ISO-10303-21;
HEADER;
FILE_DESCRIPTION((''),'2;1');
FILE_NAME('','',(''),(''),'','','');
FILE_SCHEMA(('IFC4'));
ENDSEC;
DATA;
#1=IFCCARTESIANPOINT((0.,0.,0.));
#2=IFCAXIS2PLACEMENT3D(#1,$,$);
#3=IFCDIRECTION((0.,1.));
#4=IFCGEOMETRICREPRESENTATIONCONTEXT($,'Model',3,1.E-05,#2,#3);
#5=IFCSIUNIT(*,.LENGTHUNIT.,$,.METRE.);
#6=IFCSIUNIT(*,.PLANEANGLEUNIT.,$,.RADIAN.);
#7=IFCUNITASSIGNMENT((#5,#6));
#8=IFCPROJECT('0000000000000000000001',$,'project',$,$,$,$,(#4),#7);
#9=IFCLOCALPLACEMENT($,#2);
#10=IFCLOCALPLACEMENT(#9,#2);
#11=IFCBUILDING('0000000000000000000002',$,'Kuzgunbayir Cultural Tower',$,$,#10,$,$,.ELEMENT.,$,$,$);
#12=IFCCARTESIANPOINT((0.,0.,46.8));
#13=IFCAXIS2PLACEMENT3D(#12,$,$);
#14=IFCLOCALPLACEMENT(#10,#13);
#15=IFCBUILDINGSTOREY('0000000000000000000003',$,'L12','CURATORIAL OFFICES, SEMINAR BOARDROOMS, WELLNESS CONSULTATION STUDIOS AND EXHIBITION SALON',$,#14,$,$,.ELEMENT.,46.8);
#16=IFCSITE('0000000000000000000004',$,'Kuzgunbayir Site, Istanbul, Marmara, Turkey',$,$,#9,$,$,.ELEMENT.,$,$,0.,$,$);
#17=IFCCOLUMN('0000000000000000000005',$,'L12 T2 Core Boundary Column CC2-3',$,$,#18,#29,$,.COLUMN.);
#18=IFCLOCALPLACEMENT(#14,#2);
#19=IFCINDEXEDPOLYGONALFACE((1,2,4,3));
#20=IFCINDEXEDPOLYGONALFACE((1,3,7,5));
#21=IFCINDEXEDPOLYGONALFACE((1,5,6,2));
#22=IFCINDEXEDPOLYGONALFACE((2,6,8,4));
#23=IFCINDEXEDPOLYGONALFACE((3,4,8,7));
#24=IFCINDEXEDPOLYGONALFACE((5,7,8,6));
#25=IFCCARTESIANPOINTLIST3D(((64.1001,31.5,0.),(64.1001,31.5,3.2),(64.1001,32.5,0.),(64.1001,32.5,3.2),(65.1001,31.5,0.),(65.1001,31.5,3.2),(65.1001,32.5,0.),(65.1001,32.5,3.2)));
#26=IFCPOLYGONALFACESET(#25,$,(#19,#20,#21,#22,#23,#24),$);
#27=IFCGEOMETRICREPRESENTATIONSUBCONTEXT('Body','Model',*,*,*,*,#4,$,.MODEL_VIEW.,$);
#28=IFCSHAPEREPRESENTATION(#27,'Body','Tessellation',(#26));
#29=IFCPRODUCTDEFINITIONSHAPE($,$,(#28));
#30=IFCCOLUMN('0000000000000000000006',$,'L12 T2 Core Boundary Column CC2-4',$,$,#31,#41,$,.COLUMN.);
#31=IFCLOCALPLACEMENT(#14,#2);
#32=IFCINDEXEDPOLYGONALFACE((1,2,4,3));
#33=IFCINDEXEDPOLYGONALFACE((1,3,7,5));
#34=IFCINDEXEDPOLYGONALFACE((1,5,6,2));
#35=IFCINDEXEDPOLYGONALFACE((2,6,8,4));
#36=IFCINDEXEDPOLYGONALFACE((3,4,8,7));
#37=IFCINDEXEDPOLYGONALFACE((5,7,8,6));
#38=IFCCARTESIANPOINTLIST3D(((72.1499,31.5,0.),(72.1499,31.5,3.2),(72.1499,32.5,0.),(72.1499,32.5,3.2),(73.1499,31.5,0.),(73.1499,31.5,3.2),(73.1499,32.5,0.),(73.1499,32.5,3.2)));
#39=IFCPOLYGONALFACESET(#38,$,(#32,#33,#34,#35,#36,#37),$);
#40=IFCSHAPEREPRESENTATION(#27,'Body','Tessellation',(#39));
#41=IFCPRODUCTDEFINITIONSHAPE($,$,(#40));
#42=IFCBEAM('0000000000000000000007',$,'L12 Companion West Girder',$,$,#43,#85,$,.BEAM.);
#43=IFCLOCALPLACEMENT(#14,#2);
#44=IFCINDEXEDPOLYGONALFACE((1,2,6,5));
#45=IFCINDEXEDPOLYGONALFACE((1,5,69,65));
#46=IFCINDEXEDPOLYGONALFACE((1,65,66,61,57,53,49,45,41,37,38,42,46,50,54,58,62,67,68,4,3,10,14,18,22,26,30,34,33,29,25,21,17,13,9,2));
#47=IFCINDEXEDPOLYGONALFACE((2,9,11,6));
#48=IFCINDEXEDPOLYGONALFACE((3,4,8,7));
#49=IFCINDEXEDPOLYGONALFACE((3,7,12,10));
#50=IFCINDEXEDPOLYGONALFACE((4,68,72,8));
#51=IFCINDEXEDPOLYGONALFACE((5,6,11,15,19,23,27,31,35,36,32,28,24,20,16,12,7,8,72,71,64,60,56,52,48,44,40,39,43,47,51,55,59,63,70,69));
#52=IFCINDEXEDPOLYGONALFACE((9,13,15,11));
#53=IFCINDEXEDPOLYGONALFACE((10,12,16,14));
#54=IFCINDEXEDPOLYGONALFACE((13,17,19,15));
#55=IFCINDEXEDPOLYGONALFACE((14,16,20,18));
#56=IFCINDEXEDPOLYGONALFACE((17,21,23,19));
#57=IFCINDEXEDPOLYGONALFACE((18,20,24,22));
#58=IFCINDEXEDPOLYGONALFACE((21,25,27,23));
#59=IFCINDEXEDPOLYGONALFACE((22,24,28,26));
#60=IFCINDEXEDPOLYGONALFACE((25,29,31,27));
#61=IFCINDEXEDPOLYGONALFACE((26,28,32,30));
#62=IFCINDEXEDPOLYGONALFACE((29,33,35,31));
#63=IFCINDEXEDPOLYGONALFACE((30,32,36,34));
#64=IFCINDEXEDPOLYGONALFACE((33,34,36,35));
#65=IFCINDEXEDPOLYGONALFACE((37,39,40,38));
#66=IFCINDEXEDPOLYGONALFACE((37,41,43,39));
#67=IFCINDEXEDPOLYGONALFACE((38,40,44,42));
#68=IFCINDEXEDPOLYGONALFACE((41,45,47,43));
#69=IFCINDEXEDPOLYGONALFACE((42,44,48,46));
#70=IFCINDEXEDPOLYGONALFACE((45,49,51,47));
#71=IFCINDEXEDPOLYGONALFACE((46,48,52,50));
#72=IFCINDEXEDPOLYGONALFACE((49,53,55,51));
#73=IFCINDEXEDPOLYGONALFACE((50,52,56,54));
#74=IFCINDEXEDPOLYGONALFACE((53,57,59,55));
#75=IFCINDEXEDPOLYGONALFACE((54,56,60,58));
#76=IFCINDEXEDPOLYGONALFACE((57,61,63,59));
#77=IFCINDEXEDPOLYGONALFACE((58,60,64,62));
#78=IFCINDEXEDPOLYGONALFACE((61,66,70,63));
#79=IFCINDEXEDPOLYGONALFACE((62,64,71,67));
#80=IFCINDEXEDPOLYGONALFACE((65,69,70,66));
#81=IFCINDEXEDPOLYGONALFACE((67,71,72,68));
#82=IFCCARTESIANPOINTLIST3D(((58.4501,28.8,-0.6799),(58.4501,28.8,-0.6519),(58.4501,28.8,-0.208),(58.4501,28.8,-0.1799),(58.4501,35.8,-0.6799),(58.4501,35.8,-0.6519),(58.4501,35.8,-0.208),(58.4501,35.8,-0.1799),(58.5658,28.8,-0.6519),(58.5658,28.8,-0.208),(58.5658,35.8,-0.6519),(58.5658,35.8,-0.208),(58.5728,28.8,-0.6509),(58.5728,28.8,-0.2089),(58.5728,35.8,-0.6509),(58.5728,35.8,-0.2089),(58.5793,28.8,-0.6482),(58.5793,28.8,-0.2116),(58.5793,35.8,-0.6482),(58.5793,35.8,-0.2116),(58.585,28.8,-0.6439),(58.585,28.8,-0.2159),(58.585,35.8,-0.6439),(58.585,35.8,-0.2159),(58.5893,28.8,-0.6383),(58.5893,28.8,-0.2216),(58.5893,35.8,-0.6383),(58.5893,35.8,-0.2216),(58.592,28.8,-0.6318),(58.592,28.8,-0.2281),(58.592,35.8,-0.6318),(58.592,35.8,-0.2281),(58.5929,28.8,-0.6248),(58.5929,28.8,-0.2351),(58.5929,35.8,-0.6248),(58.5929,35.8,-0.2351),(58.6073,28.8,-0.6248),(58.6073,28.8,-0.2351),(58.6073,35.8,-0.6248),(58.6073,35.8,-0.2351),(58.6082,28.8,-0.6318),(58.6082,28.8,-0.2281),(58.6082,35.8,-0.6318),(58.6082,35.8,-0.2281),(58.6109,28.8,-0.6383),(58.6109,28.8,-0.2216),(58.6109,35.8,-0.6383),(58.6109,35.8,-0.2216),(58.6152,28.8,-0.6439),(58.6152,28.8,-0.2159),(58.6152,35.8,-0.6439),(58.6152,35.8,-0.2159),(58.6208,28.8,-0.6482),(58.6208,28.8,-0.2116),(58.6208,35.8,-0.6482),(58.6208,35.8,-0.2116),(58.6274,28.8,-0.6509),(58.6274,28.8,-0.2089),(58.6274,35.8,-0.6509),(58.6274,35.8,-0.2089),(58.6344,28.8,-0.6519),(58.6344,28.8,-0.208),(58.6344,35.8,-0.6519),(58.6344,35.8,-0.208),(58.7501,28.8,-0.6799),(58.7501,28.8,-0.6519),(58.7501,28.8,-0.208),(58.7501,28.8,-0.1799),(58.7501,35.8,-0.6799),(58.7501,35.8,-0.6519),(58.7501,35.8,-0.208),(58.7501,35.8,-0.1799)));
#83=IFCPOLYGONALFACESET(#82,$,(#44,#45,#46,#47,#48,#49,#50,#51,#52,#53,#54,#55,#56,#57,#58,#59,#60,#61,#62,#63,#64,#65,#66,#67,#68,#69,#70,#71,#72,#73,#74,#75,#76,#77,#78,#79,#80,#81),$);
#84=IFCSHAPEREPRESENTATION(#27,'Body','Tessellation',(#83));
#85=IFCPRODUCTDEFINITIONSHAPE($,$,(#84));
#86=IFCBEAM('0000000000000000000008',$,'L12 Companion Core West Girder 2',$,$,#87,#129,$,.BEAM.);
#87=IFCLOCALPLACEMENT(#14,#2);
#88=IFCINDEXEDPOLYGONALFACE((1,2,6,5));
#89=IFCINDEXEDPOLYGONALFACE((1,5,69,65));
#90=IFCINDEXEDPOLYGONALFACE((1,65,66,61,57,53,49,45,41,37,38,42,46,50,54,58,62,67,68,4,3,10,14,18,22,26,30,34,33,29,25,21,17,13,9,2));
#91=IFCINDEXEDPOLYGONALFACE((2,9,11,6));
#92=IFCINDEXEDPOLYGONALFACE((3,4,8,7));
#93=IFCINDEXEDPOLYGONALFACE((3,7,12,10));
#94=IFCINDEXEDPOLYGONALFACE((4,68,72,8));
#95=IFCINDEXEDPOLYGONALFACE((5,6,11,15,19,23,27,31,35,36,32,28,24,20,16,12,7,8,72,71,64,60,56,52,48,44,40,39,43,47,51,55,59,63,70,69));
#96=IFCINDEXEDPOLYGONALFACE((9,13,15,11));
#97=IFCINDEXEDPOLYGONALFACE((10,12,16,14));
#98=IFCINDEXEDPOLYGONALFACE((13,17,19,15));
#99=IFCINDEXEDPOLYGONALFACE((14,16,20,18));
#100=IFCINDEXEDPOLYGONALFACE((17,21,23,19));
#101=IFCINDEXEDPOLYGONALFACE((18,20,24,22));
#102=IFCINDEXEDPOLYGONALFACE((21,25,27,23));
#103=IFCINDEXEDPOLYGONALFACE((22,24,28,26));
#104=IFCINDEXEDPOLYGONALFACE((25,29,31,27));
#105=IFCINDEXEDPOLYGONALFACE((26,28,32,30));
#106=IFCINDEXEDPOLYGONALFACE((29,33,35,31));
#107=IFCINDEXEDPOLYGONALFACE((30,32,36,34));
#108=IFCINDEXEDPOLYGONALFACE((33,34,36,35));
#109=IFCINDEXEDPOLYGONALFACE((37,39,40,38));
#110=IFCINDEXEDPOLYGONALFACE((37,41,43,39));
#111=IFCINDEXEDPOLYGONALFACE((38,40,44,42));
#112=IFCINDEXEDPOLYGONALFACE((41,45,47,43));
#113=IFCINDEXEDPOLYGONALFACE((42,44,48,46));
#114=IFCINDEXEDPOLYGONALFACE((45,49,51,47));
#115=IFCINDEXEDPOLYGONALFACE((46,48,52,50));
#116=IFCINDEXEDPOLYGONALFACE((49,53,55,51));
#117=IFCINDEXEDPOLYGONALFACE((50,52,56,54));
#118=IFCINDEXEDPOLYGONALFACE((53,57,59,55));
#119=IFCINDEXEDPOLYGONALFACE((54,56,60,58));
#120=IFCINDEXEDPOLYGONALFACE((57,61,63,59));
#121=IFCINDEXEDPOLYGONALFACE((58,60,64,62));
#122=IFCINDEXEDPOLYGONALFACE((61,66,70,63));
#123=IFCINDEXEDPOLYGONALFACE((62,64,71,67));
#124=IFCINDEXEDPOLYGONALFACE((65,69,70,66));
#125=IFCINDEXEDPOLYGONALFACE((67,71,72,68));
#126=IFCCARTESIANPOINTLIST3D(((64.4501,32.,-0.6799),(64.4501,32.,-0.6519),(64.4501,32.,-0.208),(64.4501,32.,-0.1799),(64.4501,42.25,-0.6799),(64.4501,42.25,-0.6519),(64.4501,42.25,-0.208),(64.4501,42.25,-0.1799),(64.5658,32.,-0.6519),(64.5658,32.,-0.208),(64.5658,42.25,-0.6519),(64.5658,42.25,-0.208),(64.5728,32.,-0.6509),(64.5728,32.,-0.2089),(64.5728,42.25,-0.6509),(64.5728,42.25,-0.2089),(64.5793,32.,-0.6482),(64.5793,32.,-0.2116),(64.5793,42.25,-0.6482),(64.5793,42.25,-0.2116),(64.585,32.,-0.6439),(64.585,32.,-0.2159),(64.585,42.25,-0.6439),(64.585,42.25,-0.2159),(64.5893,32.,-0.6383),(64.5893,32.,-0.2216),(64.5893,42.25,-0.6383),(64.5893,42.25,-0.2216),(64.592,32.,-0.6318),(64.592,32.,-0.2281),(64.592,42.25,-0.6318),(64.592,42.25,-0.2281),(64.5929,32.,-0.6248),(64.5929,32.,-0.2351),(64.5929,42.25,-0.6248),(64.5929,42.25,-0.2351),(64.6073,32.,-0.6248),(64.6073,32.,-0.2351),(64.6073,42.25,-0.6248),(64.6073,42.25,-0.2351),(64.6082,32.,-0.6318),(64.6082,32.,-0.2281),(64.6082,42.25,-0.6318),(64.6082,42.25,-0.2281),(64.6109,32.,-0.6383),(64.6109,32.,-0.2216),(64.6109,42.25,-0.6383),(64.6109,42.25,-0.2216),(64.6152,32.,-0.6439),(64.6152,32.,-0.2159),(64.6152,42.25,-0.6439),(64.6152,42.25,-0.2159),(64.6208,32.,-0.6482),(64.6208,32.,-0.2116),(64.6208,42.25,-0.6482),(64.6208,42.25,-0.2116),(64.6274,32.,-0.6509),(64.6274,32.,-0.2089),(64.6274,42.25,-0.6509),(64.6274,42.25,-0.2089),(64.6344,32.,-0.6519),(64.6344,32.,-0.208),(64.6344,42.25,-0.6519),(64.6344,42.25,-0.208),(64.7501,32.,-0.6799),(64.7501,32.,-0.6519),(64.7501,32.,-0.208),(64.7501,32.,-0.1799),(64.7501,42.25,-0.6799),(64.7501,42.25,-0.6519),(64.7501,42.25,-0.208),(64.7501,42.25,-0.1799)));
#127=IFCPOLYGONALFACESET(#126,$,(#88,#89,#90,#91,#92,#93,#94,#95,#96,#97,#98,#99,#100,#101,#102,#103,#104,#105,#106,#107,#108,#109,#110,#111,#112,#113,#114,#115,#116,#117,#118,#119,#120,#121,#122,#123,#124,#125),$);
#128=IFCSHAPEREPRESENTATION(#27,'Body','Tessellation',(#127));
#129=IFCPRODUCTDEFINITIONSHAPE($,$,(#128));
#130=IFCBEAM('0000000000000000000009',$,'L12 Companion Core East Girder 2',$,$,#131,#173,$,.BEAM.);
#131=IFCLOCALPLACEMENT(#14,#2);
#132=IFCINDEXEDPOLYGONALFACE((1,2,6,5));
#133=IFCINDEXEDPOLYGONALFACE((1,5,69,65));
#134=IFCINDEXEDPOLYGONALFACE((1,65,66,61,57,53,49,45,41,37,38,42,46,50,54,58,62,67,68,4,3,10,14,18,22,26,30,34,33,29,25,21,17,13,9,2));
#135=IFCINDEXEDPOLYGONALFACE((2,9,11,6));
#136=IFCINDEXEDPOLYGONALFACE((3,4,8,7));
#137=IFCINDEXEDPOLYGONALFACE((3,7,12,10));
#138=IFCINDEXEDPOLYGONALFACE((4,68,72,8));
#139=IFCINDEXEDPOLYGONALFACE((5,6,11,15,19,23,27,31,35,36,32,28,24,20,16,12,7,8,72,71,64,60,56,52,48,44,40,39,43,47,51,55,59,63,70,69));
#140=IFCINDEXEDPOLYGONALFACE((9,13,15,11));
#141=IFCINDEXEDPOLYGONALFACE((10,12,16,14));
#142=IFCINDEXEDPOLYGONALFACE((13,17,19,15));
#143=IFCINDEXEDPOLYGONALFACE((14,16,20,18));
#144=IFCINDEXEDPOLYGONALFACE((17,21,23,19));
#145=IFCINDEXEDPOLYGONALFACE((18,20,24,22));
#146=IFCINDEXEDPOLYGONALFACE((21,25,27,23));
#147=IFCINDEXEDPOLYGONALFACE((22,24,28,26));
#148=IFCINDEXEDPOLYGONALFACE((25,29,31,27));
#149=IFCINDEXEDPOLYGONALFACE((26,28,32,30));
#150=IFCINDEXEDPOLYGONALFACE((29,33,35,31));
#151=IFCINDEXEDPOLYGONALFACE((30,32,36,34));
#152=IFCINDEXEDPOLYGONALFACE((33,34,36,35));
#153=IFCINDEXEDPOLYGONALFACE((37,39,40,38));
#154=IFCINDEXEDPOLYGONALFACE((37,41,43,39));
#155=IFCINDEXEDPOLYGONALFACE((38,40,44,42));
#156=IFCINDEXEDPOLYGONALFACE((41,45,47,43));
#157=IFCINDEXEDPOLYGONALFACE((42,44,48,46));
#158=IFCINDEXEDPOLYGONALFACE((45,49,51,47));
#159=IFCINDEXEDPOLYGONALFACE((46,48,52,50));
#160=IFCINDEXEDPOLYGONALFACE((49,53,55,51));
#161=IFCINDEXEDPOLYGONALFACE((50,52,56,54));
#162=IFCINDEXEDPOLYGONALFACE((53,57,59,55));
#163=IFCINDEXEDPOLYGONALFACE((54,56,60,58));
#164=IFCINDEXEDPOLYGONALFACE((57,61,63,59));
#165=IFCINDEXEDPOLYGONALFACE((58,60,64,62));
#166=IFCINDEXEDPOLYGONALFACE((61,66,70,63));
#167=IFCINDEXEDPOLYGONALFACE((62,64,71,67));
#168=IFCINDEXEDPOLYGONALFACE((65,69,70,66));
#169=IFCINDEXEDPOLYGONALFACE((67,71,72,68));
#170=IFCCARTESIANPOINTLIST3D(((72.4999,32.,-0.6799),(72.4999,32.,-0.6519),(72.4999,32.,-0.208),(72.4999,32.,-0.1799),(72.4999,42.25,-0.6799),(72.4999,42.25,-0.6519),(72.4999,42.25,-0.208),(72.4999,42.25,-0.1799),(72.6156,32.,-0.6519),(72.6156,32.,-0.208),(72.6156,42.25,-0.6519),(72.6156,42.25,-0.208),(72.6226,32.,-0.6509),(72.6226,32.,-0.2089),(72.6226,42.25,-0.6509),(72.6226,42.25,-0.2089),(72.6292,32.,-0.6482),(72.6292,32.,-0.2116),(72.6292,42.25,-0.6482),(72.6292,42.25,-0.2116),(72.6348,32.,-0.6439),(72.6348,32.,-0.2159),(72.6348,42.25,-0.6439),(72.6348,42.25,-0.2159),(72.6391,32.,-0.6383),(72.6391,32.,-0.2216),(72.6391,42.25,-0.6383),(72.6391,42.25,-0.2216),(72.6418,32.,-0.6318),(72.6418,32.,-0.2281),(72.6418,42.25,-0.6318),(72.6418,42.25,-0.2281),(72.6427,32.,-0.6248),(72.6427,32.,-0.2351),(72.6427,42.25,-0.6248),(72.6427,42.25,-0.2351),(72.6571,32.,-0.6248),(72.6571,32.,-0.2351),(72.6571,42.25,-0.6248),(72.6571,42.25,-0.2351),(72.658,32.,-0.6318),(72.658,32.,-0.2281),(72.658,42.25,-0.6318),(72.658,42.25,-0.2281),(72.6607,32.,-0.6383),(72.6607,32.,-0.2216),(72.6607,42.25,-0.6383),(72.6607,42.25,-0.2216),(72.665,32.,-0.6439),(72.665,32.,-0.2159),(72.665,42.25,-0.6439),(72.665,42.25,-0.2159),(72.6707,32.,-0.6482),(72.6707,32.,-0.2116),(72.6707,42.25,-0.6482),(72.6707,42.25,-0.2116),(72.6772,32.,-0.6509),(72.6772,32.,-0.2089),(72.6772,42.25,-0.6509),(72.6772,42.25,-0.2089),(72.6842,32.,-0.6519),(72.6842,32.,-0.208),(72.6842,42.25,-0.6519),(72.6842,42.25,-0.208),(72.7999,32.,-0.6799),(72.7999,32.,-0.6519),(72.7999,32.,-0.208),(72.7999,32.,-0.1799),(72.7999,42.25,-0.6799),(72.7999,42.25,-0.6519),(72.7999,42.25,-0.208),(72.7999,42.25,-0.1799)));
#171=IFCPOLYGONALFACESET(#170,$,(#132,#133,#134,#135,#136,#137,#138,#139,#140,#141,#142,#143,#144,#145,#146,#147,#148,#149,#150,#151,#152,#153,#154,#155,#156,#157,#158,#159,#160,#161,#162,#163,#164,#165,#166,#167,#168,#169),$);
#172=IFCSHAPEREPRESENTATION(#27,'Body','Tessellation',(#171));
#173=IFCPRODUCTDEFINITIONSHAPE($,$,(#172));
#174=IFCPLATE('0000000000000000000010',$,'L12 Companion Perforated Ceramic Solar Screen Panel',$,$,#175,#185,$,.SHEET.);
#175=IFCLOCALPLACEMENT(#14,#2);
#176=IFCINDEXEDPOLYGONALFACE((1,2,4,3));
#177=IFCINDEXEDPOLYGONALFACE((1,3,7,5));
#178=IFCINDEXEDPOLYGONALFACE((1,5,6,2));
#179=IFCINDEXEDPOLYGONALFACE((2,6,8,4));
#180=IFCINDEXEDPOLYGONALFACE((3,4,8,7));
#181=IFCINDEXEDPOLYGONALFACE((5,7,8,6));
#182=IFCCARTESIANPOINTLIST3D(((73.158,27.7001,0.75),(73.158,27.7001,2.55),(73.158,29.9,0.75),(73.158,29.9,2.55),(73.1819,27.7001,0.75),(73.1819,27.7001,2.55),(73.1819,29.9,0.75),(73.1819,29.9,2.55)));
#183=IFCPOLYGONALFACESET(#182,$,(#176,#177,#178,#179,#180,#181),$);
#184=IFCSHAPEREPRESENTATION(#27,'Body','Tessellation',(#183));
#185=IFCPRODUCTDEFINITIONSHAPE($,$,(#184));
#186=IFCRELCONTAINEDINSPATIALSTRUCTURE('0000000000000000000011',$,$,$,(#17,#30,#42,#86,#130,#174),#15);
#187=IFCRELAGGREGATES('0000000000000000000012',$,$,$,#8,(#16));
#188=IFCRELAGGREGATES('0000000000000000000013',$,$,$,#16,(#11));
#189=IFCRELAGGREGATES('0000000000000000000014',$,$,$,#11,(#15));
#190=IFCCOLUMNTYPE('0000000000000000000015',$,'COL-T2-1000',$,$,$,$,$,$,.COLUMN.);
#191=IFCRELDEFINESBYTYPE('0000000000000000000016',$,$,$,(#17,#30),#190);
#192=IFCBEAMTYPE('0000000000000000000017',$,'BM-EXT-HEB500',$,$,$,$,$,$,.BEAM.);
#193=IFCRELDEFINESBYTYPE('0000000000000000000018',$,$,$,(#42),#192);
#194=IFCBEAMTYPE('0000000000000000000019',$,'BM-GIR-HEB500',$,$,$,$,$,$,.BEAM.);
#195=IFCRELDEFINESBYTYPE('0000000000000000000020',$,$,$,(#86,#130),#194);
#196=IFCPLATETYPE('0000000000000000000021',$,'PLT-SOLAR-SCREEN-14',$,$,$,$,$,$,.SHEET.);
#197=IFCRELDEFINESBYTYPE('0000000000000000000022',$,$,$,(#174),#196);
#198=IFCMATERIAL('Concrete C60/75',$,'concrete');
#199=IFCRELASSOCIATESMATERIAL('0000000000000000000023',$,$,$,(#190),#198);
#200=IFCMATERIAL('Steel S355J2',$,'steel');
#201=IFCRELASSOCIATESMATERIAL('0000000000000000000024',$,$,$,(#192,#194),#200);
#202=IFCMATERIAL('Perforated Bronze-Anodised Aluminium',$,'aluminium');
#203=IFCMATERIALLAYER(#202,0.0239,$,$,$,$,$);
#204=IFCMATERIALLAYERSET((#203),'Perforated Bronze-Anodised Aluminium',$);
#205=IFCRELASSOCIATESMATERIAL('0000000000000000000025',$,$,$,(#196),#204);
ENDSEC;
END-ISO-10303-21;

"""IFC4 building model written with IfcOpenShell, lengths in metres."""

from ifc_helpers import new_model, si_unit, direction, frame, origin, origin_2d, place, context, subcontext, project, spatial, rectangle, i_section, extrude, material, layer, layer_set, material_profile, profile_set, type_object, element, save


model = new_model("IFC4")

# Units and contexts
model_context = context("Model", 3, precision=1e-05, world=origin(), true_north=direction((0.0, 1.0)))
body_context = subcontext(model_context, "Body", "Model", "MODEL_VIEW")
ifc_project = project(units=[si_unit("LENGTHUNIT", "METRE"), si_unit("PLANEANGLEUNIT", "RADIAN")], contexts=[model_context])

# Site, building, storey
site_placement = place(None, origin())
site = spatial("IfcSite", under=ifc_project, at=site_placement, Name="Kuzgunbayir Site, Istanbul, Marmara, Turkey", CompositionType="ELEMENT", RefElevation=0.0)
building_placement = place(site_placement, origin())
building = spatial("IfcBuilding", under=site, at=building_placement, Name="Kuzgunbayir Cultural Tower", CompositionType="ELEMENT")
storey_placement = place(building_placement, frame((0.0, 0.0, 46.8)))
storey = spatial("IfcBuildingStorey", under=building, at=storey_placement, Name="L12", Description="CURATORIAL OFFICES, SEMINAR BOARDROOMS, WELLNESS CONSULTATION STUDIOS AND EXHIBITION SALON", CompositionType="ELEMENT", Elevation=46.8)

# Columns
ifc_material_1 = material(Name="Concrete C60/75", Category="concrete")
ifc_material_profile_1 = material_profile(ifc_material_1, rectangle(XDim=1.0, YDim=1.0, at=origin_2d()), Name="RC 1000x1000")
ifc_profile_set_1 = profile_set([ifc_material_profile_1], Name="Concrete C60/75")
column_type = type_object("IfcColumnType", Name="COL-T2-1000", PredefinedType="COLUMN", material=ifc_profile_set_1)
for number, where, z_axis, x_axis, name in (
    (1, (64.6001, 32.0, 0.0), (0.0, 0.0, 1.0), (1.0, 0.0, 0.0), "L12 T2 Core Boundary Column CC2-3"),
    (2, (72.6499, 32.0, 0.0), (0.0, 0.0, 1.0), (1.0, 0.0, 0.0), "L12 T2 Core Boundary Column CC2-4"),
):
    element("IfcColumn", number, at=place(storey_placement, frame(where, z_axis=z_axis, x_axis=x_axis)), inside=storey, type_object=column_type, Name=name, PredefinedType="COLUMN", context=body_context, shape_type="SweptSolid", body=[
        extrude(rectangle(XDim=1.0, YDim=1.0, at=origin_2d()), origin(), (0.0, 0.0, 1.0), 3.2),
    ])

# Beams
ifc_material_2 = material(Name="Steel S355J2", Category="steel")
ifc_material_profile_2 = material_profile(ifc_material_2, i_section(OverallWidth=0.3, OverallDepth=0.5, WebThickness=0.0144, FlangeThickness=0.0281, FilletRadius=0.0271, at=origin_2d()), Name="HEB 500")
ifc_profile_set_2 = profile_set([ifc_material_profile_2], Name="Steel S355J2")
beam_type_1 = type_object("IfcBeamType", Name="BM-EXT-HEB500", PredefinedType="BEAM", material=ifc_profile_set_2)
beam_placement = place(storey_placement, frame((58.6001, 28.8, -0.4299), z_axis=(0.0, 1.0, 0.0), x_axis=(-1.0, 0.0, 0.0)))
element("IfcBeam", 3, at=beam_placement, inside=storey, type_object=beam_type_1, Name="L12 Companion West Girder", PredefinedType="BEAM", context=body_context, shape_type="SweptSolid", body=[
    extrude(i_section(OverallWidth=0.3, OverallDepth=0.5, WebThickness=0.0144, FlangeThickness=0.0281, FilletRadius=0.0271, at=origin_2d()), origin(), (0.0, 0.0, 1.0), 7.0),
])
ifc_material_profile_3 = material_profile(ifc_material_2, i_section(OverallWidth=0.3, OverallDepth=0.5, WebThickness=0.0144, FlangeThickness=0.0281, FilletRadius=0.0271, at=origin_2d()), Name="HEB 500")
ifc_profile_set_3 = profile_set([ifc_material_profile_3], Name="Steel S355J2")
beam_type_2 = type_object("IfcBeamType", Name="BM-GIR-HEB500", PredefinedType="BEAM", material=ifc_profile_set_3)
for number, where, z_axis, x_axis, name in (
    (4, (64.6001, 32.0, -0.4299), (0.0, 1.0, 0.0), (-1.0, 0.0, 0.0), "L12 Companion Core West Girder 2"),
    (5, (72.6499, 32.0, -0.4299), (0.0, 1.0, 0.0), (-1.0, 0.0, 0.0), "L12 Companion Core East Girder 2"),
):
    element("IfcBeam", number, at=place(storey_placement, frame(where, z_axis=z_axis, x_axis=x_axis)), inside=storey, type_object=beam_type_2, Name=name, PredefinedType="BEAM", context=body_context, shape_type="SweptSolid", body=[
        extrude(i_section(OverallWidth=0.3, OverallDepth=0.5, WebThickness=0.0144, FlangeThickness=0.0281, FilletRadius=0.0271, at=origin_2d()), origin(), (0.0, 0.0, 1.0), 10.25),
    ])

# Plate
ifc_material_3 = material(Name="Perforated Bronze-Anodised Aluminium", Category="aluminium")
ifc_layer_1 = layer(ifc_material_3, 0.0239)
ifc_layer_set_1 = layer_set([ifc_layer_1], Name="Perforated Bronze-Anodised Aluminium")
plate_type = type_object("IfcPlateType", Name="PLT-SOLAR-SCREEN-14", PredefinedType="SHEET", material=ifc_layer_set_1)
plate_placement = place(storey_placement, frame((73.1699, 28.8, 0.75), z_axis=(0.0, 0.0, 1.0), x_axis=(1.0, 0.0, 0.0)))
element("IfcPlate", 6, at=plate_placement, inside=storey, type_object=plate_type, Name="L12 Companion Perforated Ceramic Solar Screen Panel", PredefinedType="SHEET", context=body_context, shape_type="SweptSolid", body=[
    extrude(rectangle(XDim=0.0239, YDim=2.2, at=origin_2d()), origin(), (0.0, 0.0, 1.0), 1.8),
])

save(model, "model.ifc")
